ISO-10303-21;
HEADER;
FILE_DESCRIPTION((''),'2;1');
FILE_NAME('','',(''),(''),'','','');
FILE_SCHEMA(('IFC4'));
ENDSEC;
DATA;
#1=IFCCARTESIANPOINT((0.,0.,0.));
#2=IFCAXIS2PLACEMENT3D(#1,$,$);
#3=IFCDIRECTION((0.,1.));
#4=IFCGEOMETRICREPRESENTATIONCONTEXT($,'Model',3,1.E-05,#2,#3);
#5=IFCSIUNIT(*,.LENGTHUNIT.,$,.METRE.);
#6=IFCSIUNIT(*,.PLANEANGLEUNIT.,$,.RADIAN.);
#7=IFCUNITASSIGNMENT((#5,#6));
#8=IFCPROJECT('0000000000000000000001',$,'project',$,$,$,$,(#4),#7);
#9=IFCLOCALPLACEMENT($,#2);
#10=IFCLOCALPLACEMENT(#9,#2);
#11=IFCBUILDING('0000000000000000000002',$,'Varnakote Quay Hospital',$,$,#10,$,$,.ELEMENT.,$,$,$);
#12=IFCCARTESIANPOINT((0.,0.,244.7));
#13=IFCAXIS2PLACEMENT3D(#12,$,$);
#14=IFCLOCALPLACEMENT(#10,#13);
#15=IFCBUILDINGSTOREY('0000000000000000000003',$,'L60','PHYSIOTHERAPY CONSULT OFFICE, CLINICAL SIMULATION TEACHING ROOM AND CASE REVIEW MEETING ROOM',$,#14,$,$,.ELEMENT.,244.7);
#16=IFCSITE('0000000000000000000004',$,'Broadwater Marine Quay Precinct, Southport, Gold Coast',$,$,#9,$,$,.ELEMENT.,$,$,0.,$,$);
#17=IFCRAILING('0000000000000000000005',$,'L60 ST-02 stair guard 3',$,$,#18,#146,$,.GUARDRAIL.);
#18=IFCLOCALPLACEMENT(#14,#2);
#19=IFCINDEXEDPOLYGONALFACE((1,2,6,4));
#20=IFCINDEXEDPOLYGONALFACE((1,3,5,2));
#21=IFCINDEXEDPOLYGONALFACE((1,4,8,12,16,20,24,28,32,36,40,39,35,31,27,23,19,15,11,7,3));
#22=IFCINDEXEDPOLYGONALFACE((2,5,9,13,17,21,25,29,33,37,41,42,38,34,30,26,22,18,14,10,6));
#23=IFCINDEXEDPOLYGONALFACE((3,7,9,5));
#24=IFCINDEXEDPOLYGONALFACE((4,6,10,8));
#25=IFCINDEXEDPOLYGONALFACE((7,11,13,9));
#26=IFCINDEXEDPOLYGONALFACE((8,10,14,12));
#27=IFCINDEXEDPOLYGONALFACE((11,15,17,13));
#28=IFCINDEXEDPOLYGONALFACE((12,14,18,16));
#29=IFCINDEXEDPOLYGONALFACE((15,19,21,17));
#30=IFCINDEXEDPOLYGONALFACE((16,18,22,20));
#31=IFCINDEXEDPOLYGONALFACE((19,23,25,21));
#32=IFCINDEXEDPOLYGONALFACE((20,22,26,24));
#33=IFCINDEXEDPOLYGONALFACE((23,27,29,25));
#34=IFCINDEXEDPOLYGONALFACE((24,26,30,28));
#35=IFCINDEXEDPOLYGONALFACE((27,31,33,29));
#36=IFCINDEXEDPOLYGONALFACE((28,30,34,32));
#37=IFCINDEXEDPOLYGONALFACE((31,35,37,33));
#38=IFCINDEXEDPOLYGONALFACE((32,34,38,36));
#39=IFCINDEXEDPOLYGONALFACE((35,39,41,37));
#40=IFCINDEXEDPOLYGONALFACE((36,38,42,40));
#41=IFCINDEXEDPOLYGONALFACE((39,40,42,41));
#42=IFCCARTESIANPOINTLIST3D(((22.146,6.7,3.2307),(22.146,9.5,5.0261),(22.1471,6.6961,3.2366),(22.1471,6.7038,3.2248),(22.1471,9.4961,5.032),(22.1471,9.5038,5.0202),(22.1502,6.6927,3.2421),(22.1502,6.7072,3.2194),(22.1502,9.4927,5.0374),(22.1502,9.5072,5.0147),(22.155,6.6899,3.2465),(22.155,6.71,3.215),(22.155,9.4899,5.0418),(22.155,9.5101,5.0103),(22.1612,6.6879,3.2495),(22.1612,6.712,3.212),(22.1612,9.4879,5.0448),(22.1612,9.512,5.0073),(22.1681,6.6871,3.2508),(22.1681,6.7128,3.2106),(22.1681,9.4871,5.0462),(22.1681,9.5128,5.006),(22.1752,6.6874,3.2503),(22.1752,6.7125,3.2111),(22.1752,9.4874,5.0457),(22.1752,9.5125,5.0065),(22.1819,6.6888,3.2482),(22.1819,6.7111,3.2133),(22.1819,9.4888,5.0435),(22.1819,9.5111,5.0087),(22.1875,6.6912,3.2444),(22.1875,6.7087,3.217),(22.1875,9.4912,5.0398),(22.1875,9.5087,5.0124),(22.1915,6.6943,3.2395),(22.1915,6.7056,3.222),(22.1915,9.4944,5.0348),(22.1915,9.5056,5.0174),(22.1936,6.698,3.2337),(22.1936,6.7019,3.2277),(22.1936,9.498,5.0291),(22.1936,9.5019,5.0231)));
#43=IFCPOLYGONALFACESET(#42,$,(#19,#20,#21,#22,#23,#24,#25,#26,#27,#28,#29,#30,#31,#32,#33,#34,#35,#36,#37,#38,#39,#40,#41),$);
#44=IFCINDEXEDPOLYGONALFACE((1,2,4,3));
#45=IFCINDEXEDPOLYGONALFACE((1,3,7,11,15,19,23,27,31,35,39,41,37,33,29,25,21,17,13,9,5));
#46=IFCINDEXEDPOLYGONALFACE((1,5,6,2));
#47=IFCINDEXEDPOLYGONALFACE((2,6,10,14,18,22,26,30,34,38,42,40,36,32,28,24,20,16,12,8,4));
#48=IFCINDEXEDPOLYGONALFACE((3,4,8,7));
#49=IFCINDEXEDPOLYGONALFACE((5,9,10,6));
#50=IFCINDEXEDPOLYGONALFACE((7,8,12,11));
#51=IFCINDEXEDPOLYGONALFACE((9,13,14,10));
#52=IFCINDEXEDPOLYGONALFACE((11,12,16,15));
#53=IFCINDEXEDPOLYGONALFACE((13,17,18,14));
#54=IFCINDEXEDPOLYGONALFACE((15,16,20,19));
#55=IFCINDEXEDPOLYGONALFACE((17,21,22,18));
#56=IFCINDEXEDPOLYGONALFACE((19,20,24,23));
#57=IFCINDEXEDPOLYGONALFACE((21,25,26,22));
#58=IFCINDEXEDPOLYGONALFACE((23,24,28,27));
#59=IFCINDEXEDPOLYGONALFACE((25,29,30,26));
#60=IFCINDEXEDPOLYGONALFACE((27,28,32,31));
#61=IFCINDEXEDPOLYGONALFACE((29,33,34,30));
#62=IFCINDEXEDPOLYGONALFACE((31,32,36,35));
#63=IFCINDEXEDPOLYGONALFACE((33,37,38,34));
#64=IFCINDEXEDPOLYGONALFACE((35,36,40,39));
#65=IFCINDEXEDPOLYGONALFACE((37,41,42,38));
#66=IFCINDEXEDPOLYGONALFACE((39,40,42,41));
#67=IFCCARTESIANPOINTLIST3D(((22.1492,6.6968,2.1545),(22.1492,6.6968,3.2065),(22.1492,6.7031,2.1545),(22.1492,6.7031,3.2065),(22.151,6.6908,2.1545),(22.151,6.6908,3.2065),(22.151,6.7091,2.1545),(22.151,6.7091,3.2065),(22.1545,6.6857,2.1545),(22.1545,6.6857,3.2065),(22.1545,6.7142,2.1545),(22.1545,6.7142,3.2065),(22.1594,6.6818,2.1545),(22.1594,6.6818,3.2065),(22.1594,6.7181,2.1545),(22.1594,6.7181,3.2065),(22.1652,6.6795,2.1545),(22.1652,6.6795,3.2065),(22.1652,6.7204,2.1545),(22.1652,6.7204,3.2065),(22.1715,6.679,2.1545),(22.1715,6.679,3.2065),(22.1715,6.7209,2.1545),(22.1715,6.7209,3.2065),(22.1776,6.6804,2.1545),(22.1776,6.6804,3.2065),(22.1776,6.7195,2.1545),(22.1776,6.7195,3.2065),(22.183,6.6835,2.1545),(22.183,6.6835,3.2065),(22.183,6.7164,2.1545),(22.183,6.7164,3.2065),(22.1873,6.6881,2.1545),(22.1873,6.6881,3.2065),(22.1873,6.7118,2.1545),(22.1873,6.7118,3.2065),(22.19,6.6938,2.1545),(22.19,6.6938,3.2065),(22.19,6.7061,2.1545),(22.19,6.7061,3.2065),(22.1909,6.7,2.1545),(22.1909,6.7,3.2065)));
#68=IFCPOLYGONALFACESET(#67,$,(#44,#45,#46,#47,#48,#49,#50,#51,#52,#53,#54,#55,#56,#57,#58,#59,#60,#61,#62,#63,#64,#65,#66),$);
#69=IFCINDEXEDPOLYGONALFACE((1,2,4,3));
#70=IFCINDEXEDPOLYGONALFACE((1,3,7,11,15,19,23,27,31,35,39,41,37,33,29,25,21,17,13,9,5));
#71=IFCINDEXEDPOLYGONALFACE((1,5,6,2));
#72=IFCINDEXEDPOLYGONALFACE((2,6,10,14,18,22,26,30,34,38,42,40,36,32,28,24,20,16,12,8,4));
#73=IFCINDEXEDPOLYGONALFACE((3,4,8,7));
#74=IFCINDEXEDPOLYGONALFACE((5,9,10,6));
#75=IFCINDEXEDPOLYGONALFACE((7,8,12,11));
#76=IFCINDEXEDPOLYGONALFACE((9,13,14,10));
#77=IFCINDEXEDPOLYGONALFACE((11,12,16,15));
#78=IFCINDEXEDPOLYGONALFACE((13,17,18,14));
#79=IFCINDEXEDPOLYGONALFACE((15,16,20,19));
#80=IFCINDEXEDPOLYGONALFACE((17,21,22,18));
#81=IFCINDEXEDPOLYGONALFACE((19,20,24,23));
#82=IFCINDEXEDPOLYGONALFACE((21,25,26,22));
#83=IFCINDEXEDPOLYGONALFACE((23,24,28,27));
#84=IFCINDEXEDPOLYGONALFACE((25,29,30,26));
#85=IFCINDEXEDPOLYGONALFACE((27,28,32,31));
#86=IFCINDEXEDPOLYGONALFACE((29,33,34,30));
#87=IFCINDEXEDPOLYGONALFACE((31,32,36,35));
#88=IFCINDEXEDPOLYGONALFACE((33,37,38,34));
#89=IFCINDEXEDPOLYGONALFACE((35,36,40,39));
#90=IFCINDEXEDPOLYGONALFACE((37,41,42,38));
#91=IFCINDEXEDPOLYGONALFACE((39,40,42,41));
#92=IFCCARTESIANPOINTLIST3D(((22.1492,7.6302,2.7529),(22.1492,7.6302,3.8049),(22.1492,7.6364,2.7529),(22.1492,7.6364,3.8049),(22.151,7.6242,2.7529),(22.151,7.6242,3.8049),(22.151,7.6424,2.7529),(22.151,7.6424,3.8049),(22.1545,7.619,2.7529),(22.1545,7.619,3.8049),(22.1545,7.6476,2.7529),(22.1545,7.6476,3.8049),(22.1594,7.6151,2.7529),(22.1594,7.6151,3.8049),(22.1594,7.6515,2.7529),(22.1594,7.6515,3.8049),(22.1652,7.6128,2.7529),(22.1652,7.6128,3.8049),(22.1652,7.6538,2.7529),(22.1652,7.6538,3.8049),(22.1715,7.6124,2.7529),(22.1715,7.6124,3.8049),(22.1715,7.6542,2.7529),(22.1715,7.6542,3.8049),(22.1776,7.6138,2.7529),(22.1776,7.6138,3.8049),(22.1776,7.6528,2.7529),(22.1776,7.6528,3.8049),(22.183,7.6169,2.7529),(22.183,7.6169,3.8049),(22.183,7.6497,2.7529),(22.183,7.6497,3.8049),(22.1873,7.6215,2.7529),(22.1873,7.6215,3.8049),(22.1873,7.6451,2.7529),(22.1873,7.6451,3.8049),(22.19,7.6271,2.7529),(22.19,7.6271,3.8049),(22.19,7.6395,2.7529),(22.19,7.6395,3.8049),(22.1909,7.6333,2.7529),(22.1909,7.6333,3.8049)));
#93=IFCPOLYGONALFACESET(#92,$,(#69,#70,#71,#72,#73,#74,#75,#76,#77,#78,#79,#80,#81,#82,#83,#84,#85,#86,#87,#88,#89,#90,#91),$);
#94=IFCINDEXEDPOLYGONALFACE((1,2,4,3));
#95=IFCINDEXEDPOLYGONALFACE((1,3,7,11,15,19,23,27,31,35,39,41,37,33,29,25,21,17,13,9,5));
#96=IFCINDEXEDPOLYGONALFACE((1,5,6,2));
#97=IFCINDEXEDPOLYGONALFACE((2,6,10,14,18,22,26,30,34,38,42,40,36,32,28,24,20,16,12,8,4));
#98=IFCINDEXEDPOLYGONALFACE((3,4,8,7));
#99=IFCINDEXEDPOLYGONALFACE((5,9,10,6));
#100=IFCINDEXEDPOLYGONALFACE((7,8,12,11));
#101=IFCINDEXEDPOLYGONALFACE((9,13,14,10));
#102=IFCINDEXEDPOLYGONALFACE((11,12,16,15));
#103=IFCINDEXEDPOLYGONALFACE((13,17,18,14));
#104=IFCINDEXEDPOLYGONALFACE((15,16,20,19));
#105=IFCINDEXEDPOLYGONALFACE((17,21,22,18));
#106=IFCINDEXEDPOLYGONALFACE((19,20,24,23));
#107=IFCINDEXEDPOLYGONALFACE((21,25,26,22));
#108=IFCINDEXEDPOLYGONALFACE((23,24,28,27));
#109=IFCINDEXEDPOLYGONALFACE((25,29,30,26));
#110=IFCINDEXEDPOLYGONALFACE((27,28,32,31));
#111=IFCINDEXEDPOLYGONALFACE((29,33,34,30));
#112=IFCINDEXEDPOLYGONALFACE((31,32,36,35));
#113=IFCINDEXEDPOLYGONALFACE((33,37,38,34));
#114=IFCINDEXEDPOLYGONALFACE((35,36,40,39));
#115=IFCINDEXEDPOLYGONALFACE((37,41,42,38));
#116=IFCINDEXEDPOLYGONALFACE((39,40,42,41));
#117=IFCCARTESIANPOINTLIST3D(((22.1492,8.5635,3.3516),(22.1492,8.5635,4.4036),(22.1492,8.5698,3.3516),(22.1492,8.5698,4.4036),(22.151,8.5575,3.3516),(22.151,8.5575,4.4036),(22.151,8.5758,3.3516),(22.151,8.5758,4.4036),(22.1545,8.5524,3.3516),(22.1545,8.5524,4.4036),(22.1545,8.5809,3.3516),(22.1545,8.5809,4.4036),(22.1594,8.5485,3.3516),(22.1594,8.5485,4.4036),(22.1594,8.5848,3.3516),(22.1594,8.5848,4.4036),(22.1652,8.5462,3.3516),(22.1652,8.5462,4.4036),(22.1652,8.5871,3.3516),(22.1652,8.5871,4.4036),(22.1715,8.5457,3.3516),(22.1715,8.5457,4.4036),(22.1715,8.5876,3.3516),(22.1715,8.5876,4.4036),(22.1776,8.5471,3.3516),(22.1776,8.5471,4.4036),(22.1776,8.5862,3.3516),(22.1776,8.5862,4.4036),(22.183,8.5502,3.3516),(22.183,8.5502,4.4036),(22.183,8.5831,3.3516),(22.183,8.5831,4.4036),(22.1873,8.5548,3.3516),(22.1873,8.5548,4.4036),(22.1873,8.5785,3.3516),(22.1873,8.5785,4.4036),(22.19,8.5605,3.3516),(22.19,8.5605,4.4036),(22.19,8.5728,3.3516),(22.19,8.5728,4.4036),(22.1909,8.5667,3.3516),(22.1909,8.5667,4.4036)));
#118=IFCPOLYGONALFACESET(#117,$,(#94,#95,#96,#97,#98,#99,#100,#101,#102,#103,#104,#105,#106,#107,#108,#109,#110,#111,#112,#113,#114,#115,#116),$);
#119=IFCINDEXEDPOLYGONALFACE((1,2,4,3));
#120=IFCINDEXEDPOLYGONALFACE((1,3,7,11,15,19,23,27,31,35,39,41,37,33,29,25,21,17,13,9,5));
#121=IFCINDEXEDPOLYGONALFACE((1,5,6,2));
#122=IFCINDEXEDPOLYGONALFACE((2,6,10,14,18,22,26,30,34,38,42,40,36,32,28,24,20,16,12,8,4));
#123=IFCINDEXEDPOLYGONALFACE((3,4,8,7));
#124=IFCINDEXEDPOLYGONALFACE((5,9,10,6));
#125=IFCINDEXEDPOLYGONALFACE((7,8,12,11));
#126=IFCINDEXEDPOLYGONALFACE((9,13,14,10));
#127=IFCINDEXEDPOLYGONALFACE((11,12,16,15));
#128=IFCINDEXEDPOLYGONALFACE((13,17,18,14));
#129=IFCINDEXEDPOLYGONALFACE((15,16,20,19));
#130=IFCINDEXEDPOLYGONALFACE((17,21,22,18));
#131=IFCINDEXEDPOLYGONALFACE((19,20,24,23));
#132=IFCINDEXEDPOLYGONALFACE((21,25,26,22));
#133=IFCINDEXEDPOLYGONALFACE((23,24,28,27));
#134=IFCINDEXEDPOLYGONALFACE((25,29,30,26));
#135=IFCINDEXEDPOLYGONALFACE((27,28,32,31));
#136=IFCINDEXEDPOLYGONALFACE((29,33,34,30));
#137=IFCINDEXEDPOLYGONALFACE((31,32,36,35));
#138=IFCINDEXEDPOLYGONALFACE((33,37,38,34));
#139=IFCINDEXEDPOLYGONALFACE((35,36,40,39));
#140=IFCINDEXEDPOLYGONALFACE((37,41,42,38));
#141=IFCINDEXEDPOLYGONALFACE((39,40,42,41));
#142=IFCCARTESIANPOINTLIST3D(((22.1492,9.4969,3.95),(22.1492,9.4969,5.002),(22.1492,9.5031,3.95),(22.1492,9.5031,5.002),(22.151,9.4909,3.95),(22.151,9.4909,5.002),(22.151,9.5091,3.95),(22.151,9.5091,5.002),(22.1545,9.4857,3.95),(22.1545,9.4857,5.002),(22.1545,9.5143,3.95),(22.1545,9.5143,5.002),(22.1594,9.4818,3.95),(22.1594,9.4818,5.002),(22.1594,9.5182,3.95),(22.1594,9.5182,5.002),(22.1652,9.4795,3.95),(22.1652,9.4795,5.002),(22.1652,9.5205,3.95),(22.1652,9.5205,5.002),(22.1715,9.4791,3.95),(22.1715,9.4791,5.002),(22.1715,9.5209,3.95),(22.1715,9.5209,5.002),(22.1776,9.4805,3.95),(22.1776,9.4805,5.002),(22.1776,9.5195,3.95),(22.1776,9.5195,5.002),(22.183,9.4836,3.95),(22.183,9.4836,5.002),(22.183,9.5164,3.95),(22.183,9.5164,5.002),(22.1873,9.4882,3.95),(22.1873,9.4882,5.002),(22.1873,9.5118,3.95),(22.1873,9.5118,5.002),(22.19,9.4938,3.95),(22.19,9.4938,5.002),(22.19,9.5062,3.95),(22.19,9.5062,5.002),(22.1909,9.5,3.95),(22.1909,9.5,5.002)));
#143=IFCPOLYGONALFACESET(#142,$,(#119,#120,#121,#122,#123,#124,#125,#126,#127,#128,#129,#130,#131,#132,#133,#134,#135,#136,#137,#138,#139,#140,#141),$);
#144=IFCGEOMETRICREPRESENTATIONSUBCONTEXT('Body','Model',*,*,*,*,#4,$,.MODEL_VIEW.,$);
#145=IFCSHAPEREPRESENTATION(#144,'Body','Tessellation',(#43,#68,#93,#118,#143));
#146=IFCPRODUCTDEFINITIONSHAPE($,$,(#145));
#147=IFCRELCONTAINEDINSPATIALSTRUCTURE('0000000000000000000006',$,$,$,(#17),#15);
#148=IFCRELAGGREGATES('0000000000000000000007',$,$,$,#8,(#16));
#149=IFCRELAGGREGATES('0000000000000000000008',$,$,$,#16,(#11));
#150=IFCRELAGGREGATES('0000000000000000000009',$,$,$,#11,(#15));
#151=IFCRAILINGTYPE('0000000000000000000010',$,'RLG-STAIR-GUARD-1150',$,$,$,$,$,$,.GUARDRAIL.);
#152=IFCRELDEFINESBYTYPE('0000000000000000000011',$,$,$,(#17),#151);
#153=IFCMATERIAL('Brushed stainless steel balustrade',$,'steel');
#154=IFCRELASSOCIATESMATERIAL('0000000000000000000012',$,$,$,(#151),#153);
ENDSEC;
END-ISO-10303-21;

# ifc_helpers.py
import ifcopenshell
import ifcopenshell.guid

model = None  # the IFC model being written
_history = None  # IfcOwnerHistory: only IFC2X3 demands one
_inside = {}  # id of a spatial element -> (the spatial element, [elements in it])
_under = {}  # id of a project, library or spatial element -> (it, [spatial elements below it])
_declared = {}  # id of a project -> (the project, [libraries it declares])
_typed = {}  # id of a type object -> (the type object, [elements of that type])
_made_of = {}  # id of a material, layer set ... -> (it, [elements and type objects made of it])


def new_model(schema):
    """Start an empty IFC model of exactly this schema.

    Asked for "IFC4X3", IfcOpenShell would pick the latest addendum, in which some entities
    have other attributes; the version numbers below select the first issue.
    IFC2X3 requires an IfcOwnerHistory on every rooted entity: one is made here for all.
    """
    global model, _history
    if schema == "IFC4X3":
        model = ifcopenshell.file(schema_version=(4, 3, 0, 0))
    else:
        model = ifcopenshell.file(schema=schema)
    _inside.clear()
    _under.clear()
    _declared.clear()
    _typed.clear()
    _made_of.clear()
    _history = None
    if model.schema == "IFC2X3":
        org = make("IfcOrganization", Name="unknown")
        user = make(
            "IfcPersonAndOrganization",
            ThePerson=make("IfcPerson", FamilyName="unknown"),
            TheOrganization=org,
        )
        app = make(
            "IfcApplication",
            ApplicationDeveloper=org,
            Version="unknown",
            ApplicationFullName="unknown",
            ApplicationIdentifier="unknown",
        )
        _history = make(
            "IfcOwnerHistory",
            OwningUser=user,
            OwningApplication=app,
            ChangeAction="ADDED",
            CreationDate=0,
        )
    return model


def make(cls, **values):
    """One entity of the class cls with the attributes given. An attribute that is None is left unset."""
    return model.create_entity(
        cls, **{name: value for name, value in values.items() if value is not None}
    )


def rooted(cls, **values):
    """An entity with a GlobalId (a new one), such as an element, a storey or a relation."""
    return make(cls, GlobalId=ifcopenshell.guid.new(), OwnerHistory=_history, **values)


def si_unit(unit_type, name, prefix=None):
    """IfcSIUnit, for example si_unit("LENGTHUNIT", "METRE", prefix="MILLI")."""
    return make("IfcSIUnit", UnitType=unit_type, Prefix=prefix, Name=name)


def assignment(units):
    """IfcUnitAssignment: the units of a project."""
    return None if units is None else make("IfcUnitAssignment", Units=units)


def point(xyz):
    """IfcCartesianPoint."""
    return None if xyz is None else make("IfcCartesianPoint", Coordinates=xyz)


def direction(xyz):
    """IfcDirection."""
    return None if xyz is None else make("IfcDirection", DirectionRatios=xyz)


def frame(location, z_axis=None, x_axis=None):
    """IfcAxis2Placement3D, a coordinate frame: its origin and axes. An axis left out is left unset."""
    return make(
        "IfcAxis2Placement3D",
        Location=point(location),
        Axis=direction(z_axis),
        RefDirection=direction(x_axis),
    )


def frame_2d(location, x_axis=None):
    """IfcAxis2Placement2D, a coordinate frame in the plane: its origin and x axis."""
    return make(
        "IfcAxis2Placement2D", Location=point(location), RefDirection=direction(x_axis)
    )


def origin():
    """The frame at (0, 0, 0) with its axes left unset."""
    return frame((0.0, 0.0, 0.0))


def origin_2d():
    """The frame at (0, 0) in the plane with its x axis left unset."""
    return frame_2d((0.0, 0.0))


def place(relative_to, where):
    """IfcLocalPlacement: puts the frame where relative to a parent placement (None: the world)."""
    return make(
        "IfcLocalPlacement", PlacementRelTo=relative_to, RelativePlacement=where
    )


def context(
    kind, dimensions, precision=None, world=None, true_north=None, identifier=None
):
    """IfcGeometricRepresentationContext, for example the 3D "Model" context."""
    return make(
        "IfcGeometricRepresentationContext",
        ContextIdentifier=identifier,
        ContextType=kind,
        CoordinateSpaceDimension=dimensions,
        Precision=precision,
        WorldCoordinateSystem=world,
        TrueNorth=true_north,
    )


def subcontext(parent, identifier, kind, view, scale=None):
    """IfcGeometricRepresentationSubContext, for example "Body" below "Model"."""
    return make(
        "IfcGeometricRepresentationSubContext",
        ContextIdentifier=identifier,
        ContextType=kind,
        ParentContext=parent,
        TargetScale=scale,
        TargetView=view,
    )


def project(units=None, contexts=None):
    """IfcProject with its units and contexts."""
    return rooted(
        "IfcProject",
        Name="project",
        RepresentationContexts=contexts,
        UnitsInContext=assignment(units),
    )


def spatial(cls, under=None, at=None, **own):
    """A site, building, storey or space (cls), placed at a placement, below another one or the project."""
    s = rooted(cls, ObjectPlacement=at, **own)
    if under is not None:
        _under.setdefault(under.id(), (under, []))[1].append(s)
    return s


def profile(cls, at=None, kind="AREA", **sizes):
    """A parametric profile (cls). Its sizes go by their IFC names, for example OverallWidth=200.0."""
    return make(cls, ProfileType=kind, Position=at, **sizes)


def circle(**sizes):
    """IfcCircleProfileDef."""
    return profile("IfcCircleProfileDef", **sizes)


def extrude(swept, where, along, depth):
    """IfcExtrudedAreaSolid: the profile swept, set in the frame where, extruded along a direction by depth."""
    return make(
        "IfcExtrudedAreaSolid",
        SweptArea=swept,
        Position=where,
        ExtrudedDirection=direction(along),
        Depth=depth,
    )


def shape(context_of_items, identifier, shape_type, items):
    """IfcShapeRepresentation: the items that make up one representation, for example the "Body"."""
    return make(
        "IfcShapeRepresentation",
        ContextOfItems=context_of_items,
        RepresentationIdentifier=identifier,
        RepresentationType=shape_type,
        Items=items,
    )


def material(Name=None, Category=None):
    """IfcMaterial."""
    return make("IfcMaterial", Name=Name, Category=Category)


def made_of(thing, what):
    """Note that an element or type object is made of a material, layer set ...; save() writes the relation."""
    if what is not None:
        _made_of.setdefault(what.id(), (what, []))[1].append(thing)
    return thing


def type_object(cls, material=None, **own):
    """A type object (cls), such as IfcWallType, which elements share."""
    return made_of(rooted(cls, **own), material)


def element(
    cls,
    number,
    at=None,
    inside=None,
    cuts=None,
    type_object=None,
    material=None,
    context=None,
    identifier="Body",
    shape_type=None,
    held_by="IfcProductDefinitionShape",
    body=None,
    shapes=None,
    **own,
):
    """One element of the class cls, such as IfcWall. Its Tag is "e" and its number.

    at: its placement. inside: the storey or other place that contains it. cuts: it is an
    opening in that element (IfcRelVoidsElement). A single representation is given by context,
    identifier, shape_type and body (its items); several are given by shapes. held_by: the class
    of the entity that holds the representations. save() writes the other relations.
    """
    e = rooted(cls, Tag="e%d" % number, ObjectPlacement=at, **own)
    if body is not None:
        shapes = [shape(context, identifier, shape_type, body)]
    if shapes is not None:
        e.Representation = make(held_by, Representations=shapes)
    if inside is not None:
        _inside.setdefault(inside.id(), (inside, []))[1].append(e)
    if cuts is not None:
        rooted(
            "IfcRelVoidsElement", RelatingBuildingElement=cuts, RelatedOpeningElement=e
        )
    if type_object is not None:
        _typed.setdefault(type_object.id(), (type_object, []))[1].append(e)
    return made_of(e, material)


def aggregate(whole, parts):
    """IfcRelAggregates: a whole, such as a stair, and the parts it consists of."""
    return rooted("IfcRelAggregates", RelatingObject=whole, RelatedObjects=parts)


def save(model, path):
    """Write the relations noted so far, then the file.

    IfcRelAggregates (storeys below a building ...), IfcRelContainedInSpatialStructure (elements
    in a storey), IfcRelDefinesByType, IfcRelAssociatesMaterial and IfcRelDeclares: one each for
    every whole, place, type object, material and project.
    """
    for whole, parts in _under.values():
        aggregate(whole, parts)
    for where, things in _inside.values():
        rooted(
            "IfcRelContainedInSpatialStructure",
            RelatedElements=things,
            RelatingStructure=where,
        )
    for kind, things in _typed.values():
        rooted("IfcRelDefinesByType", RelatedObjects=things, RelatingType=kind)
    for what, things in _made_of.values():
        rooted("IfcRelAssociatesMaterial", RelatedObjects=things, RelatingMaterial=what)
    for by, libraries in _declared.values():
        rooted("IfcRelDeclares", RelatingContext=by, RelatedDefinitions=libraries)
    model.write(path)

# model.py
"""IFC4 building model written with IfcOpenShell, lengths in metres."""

from ifc_helpers import new_model, si_unit, direction, frame, origin, origin_2d, place, context, subcontext, project, spatial, circle, extrude, material, type_object, element, save


model = new_model("IFC4")

# Units and contexts
model_context = context("Model", 3, precision=1e-05, world=origin(), true_north=direction((0.0, 1.0)))
body_context = subcontext(model_context, "Body", "Model", "MODEL_VIEW")
ifc_project = project(units=[si_unit("LENGTHUNIT", "METRE"), si_unit("PLANEANGLEUNIT", "RADIAN")], contexts=[model_context])

# Site, building, storey
site_placement = place(None, origin())
site = spatial("IfcSite", under=ifc_project, at=site_placement, Name="Broadwater Marine Quay Precinct, Southport, Gold Coast", CompositionType="ELEMENT", RefElevation=0.0)
building_placement = place(site_placement, origin())
building = spatial("IfcBuilding", under=site, at=building_placement, Name="Varnakote Quay Hospital", CompositionType="ELEMENT")
storey_placement = place(building_placement, frame((0.0, 0.0, 244.7)))
storey = spatial("IfcBuildingStorey", under=building, at=storey_placement, Name="L60", Description="PHYSIOTHERAPY CONSULT OFFICE, CLINICAL SIMULATION TEACHING ROOM AND CASE REVIEW MEETING ROOM", CompositionType="ELEMENT", Elevation=244.7)

# Railing
ifc_material_1 = material(Name="Brushed stainless steel balustrade", Category="steel")
railing_type_1 = type_object("IfcRailingType", Name="RLG-STAIR-GUARD-1150", PredefinedType="GUARDRAIL", material=ifc_material_1)
railing_1_placement = place(storey_placement, frame((22.1699, 6.7, 2.1545)))
element("IfcRailing", 1, at=railing_1_placement, inside=storey, type_object=railing_type_1, Name="L60 ST-02 stair guard 3", PredefinedType="GUARDRAIL", context=body_context, shape_type="SweptSolid", body=[
    extrude(circle(Radius=0.0239, at=origin_2d()), frame((0.0, 0.0, 1.0762), z_axis=(0.0, 0.84181, 0.539774), x_axis=(-1.0, 0.0, 0.0)), (0.0, 0.0, 1.0), 3.3262),
    extrude(circle(Radius=0.021, at=origin_2d()), origin(), (0.0, 0.0, 1.0), 1.052),
    extrude(circle(Radius=0.021, at=origin_2d()), frame((0.0, 0.9333, 0.5984)), (0.0, 0.0, 1.0), 1.052),
    extrude(circle(Radius=0.021, at=origin_2d()), frame((0.0, 1.8667, 1.197)), (0.0, 0.0, 1.0), 1.052),
    extrude(circle(Radius=0.021, at=origin_2d()), frame((0.0, 2.8, 1.7954)), (0.0, 0.0, 1.0), 1.052),
])

save(model, "model.ifc")
